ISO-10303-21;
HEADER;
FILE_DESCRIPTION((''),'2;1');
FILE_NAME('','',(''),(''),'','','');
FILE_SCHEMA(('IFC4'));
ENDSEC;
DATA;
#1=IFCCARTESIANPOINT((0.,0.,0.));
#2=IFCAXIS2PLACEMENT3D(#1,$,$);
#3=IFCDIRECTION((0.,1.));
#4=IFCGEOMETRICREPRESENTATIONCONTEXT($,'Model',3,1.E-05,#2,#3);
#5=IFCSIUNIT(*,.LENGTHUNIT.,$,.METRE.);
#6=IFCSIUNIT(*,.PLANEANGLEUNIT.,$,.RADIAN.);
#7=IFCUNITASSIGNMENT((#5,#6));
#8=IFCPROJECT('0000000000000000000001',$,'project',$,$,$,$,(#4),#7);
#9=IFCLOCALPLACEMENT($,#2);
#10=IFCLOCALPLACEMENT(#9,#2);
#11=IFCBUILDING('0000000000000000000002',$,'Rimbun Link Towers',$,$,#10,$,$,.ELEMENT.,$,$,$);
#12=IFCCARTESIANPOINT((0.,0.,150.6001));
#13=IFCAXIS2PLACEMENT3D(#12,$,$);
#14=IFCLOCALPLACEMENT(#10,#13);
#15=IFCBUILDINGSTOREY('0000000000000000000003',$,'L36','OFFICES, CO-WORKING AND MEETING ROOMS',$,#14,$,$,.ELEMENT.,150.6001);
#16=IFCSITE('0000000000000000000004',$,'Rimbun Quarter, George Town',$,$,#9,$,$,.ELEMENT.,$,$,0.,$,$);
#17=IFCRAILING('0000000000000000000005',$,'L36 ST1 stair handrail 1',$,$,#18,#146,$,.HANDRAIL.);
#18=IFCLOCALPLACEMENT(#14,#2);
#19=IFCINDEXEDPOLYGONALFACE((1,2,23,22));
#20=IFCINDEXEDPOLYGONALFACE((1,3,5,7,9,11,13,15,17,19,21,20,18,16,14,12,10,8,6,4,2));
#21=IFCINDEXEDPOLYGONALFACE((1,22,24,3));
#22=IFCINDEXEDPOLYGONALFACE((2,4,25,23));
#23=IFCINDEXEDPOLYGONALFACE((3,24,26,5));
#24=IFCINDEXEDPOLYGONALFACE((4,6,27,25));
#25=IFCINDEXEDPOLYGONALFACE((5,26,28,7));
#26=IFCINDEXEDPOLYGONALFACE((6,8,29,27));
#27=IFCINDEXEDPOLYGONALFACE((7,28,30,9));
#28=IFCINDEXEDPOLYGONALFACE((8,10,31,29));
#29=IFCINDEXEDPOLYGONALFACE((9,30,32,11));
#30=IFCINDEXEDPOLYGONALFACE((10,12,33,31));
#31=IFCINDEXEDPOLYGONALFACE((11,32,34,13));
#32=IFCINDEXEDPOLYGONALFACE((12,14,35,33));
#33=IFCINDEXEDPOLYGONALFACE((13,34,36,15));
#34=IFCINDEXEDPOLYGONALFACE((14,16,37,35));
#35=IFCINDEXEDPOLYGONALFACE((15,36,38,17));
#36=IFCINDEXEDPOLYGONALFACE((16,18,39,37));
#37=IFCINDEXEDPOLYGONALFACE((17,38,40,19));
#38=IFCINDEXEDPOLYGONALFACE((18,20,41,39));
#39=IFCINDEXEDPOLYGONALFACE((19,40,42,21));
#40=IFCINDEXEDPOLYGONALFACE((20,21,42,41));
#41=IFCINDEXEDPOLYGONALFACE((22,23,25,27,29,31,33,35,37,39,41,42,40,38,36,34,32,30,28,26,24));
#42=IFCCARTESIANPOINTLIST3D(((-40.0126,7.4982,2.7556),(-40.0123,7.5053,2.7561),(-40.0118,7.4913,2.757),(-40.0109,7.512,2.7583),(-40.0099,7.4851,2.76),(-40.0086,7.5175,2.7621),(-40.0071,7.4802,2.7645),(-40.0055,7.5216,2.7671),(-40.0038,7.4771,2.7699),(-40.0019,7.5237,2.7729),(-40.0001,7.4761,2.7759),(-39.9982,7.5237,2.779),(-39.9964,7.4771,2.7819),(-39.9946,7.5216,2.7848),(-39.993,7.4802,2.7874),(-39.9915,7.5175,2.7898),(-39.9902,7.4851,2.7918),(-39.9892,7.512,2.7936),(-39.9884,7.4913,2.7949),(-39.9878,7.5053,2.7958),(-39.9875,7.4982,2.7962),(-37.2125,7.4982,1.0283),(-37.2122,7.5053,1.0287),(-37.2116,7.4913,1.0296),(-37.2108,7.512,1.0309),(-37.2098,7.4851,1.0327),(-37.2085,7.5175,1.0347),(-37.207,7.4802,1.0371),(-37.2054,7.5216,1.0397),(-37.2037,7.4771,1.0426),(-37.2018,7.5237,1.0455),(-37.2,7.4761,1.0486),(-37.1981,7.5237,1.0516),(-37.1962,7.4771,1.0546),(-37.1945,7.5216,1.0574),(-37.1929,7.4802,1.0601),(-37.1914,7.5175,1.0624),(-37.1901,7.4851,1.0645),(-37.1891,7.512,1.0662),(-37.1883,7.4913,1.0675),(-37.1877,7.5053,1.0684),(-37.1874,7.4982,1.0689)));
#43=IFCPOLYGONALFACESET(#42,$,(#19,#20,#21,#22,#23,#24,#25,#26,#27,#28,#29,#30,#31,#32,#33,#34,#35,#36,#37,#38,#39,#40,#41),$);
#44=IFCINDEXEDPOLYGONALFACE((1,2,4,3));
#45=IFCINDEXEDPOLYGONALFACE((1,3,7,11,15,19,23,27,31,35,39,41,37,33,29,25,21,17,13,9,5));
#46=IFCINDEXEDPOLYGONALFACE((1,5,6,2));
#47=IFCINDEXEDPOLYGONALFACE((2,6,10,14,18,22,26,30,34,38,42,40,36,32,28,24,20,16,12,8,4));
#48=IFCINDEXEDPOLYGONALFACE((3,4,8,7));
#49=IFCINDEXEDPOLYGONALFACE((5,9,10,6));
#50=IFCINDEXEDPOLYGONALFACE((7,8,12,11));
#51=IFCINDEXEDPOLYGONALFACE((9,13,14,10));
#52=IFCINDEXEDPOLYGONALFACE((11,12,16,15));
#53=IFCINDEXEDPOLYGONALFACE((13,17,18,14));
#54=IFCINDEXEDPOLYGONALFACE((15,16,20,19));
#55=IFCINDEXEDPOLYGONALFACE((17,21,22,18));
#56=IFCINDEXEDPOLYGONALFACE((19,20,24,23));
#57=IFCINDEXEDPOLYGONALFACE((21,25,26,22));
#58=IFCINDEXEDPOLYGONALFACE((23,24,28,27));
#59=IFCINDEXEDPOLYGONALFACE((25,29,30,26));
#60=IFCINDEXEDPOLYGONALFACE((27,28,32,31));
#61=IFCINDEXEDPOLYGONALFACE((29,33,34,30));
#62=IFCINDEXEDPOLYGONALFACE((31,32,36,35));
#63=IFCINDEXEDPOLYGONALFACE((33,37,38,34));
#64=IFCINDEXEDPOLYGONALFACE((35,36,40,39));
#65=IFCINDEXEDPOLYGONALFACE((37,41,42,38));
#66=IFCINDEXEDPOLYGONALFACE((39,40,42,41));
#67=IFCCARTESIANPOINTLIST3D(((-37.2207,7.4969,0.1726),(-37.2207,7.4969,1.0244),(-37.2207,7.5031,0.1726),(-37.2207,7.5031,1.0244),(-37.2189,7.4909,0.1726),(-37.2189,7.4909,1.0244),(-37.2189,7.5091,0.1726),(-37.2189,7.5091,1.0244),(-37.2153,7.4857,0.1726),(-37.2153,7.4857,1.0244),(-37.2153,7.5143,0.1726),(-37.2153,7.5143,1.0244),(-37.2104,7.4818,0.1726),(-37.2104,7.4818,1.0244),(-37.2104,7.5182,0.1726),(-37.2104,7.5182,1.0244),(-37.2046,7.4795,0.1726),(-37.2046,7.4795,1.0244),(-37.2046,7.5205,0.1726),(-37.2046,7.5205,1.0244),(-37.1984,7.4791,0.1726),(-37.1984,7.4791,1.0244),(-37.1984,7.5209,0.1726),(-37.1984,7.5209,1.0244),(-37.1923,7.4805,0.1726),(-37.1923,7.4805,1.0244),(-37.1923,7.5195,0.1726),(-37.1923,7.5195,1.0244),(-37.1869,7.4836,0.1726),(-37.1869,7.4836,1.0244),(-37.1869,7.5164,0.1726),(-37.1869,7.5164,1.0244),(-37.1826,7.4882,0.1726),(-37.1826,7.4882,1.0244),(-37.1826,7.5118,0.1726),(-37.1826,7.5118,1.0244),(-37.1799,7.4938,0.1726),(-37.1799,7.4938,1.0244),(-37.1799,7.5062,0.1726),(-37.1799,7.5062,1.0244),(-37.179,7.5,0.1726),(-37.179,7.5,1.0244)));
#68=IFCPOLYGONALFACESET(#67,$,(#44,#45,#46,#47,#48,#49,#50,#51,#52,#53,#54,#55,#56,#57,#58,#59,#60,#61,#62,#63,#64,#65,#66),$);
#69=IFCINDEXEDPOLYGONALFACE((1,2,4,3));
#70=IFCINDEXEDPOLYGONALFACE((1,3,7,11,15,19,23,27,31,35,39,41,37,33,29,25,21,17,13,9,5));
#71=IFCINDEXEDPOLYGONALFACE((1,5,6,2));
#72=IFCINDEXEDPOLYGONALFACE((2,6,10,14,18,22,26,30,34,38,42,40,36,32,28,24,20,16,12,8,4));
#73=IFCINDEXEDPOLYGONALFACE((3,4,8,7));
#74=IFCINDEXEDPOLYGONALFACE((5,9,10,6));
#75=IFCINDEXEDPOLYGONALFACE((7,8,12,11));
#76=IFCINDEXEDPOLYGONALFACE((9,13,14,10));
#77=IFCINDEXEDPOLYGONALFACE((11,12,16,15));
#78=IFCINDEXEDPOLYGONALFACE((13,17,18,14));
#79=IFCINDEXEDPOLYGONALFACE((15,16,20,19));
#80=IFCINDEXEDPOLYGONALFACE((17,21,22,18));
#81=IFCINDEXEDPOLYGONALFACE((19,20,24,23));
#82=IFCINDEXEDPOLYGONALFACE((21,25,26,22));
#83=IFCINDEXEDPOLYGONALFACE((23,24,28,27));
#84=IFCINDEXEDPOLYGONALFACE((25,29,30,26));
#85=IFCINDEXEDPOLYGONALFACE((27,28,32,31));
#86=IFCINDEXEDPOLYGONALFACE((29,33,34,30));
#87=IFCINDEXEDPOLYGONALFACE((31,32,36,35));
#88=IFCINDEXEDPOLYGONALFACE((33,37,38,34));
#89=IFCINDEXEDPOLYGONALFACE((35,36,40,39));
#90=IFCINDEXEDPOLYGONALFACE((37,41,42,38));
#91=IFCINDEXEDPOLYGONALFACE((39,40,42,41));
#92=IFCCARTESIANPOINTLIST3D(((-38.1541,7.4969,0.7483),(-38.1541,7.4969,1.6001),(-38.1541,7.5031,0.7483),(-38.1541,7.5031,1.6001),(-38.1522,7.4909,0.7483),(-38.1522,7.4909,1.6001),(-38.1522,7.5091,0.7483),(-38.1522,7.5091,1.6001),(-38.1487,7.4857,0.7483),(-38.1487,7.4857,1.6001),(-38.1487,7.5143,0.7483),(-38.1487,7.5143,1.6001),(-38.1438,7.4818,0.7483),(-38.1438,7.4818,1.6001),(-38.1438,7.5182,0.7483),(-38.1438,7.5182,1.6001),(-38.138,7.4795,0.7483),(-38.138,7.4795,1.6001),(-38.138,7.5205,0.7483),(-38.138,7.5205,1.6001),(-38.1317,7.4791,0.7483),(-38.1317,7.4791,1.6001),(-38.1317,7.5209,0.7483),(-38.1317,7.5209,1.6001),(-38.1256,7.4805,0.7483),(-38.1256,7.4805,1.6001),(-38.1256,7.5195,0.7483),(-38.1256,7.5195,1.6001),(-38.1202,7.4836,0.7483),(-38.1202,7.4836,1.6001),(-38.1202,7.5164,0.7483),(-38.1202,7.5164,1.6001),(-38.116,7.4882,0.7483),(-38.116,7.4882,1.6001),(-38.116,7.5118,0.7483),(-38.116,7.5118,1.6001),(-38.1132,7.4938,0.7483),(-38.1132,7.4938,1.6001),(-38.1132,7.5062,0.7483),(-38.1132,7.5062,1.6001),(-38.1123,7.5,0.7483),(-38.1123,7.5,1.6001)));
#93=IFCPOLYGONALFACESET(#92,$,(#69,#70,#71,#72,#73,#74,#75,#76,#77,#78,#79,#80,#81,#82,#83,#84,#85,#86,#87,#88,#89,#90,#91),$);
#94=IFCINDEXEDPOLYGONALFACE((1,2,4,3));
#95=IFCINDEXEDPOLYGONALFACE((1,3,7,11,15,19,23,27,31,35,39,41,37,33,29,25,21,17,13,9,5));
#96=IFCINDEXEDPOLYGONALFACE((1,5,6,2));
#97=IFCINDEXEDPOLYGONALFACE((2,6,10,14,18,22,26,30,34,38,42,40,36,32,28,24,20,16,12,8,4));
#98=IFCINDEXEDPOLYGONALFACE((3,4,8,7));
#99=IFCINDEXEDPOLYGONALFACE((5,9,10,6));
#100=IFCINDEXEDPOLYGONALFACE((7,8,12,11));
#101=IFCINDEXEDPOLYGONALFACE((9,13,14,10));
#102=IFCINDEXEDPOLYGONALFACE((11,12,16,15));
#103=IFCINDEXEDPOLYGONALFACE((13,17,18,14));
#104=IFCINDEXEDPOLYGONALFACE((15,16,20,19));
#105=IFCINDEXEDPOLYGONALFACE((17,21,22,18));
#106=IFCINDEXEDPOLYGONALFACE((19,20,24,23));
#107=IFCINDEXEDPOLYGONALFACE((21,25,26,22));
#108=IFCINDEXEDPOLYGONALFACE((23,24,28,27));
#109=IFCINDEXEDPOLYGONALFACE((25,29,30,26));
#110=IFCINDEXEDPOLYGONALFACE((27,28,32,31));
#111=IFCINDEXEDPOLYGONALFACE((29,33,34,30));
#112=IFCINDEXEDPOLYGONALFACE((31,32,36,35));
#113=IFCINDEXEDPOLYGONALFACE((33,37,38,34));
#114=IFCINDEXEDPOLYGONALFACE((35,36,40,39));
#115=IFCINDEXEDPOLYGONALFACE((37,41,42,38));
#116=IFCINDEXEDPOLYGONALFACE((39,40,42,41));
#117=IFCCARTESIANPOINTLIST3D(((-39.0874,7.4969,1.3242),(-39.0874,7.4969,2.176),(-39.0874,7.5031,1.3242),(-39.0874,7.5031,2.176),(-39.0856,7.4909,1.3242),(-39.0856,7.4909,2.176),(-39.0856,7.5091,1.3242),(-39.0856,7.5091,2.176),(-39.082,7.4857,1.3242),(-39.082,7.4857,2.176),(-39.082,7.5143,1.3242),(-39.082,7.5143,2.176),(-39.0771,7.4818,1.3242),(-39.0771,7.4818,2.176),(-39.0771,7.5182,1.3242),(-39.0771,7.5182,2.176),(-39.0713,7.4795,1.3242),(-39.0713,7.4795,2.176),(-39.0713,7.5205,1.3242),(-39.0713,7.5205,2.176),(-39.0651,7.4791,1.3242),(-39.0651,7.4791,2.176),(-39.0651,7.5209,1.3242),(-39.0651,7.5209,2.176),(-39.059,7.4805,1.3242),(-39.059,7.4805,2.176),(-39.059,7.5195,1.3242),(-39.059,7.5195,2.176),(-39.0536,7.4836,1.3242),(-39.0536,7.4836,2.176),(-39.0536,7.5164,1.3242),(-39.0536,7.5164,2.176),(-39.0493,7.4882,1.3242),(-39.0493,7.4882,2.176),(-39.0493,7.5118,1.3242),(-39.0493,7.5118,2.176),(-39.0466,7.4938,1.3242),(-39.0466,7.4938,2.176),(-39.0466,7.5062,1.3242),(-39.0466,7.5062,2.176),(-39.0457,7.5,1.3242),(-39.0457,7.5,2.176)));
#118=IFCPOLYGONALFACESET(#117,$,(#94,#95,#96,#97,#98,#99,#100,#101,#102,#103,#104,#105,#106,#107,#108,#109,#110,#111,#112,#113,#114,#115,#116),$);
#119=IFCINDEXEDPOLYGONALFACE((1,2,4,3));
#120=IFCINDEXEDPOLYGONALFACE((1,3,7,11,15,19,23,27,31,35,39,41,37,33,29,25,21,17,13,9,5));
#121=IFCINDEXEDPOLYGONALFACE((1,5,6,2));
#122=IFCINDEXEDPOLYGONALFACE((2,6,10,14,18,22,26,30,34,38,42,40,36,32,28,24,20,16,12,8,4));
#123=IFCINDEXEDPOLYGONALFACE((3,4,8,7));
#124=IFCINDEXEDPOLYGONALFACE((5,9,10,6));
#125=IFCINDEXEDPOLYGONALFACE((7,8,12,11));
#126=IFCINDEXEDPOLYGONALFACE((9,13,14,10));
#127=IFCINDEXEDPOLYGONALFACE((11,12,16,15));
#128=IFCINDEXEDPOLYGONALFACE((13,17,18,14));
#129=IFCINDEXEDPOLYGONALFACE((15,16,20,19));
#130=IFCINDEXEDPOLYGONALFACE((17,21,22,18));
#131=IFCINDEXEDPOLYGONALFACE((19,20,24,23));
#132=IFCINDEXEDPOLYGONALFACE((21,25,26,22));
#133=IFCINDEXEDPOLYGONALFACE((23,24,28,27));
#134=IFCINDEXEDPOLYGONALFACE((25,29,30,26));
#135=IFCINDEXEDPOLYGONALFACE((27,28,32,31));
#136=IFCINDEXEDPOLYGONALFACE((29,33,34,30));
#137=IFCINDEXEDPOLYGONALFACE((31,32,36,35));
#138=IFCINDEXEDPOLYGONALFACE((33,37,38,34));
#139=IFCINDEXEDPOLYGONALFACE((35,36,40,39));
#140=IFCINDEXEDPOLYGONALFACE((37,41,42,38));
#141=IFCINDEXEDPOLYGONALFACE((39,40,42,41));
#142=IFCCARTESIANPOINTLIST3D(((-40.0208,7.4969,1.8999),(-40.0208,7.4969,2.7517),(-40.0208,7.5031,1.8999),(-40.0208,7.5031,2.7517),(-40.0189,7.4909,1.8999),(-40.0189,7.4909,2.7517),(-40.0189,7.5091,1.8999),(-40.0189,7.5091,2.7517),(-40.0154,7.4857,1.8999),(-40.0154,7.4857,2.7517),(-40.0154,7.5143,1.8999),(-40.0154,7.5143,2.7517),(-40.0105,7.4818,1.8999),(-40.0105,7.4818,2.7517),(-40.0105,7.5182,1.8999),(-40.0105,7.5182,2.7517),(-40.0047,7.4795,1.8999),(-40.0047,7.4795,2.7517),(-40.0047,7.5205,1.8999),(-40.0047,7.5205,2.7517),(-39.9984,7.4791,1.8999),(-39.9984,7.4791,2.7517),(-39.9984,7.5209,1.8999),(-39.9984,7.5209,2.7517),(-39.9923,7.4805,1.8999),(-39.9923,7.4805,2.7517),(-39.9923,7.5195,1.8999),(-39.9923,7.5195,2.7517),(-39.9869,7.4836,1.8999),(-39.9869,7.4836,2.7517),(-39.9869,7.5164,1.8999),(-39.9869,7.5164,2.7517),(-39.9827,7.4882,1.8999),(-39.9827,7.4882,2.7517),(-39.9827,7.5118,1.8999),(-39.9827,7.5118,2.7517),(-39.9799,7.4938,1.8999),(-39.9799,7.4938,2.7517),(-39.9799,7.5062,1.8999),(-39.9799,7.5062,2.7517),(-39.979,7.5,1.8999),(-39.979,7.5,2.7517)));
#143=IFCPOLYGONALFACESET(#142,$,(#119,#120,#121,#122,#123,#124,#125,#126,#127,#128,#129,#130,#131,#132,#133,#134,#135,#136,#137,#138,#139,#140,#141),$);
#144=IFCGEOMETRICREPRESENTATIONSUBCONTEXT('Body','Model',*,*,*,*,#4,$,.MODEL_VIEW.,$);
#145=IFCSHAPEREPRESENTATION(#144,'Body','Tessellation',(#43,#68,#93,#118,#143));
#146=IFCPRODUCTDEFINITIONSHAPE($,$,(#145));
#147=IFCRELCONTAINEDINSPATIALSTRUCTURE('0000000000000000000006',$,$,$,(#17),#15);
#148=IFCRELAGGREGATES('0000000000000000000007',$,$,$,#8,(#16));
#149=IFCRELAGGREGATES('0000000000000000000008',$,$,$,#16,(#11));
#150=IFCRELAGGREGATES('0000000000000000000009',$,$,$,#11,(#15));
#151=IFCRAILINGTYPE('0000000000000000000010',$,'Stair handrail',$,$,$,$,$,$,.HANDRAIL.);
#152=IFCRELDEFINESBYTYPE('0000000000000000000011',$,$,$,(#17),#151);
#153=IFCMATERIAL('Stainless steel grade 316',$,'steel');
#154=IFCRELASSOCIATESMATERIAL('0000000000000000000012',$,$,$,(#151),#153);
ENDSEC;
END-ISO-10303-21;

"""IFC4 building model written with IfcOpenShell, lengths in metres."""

from ifc_helpers import new_model, si_unit, direction, frame, origin, origin_2d, place, context, subcontext, project, spatial, circle, extrude, material, type_object, element, save


model = new_model("IFC4")

# Units and contexts
model_context = context("Model", 3, precision=1e-05, world=origin(), true_north=direction((0.0, 1.0)))
body_context = subcontext(model_context, "Body", "Model", "MODEL_VIEW")
ifc_project = project(units=[si_unit("LENGTHUNIT", "METRE"), si_unit("PLANEANGLEUNIT", "RADIAN")], contexts=[model_context])

# Site, building, storey
site_placement = place(None, origin())
site = spatial("IfcSite", under=ifc_project, at=site_placement, Name="Rimbun Quarter, George Town", CompositionType="ELEMENT", RefElevation=0.0)
building_placement = place(site_placement, origin())
building = spatial("IfcBuilding", under=site, at=building_placement, Name="Rimbun Link Towers", CompositionType="ELEMENT")
storey_placement = place(building_placement, frame((0.0, 0.0, 150.6001)))
storey = spatial("IfcBuildingStorey", under=building, at=storey_placement, Name="L36", Description="OFFICES, CO-WORKING AND MEETING ROOMS", CompositionType="ELEMENT", Elevation=150.6001)

# Railing
ifc_material_1 = material(Name="Stainless steel grade 316", Category="steel")
railing_type_1 = type_object("IfcRailingType", Name="Stair handrail", PredefinedType="HANDRAIL", material=ifc_material_1)
railing_1_placement = place(storey_placement, frame((-37.2, 7.5, 0.1726)))
element("IfcRailing", 1, at=railing_1_placement, inside=storey, type_object=railing_type_1, Name="L36 ST1 stair handrail 1", PredefinedType="HANDRAIL", context=body_context, shape_type="SweptSolid", body=[
    extrude(circle(Radius=0.0239, at=origin_2d()), frame((0.0, 0.0, 0.876), z_axis=(-0.85109, 0.0, 0.52502), x_axis=(0.0, -1.0, 0.0)), (0.0, 0.0, 1.0), 3.29),
    extrude(circle(Radius=0.021, at=origin_2d()), origin(), (0.0, 0.0, 1.0), 0.8518),
    extrude(circle(Radius=0.021, at=origin_2d()), frame((-0.9333, 0.0, 0.5757)), (0.0, 0.0, 1.0), 0.8518),
    extrude(circle(Radius=0.021, at=origin_2d()), frame((-1.8667, 0.0, 1.1516)), (0.0, 0.0, 1.0), 0.8518),
    extrude(circle(Radius=0.021, at=origin_2d()), frame((-2.8, 0.0, 1.7273)), (0.0, 0.0, 1.0), 0.8518),
])

save(model, "model.ifc")
